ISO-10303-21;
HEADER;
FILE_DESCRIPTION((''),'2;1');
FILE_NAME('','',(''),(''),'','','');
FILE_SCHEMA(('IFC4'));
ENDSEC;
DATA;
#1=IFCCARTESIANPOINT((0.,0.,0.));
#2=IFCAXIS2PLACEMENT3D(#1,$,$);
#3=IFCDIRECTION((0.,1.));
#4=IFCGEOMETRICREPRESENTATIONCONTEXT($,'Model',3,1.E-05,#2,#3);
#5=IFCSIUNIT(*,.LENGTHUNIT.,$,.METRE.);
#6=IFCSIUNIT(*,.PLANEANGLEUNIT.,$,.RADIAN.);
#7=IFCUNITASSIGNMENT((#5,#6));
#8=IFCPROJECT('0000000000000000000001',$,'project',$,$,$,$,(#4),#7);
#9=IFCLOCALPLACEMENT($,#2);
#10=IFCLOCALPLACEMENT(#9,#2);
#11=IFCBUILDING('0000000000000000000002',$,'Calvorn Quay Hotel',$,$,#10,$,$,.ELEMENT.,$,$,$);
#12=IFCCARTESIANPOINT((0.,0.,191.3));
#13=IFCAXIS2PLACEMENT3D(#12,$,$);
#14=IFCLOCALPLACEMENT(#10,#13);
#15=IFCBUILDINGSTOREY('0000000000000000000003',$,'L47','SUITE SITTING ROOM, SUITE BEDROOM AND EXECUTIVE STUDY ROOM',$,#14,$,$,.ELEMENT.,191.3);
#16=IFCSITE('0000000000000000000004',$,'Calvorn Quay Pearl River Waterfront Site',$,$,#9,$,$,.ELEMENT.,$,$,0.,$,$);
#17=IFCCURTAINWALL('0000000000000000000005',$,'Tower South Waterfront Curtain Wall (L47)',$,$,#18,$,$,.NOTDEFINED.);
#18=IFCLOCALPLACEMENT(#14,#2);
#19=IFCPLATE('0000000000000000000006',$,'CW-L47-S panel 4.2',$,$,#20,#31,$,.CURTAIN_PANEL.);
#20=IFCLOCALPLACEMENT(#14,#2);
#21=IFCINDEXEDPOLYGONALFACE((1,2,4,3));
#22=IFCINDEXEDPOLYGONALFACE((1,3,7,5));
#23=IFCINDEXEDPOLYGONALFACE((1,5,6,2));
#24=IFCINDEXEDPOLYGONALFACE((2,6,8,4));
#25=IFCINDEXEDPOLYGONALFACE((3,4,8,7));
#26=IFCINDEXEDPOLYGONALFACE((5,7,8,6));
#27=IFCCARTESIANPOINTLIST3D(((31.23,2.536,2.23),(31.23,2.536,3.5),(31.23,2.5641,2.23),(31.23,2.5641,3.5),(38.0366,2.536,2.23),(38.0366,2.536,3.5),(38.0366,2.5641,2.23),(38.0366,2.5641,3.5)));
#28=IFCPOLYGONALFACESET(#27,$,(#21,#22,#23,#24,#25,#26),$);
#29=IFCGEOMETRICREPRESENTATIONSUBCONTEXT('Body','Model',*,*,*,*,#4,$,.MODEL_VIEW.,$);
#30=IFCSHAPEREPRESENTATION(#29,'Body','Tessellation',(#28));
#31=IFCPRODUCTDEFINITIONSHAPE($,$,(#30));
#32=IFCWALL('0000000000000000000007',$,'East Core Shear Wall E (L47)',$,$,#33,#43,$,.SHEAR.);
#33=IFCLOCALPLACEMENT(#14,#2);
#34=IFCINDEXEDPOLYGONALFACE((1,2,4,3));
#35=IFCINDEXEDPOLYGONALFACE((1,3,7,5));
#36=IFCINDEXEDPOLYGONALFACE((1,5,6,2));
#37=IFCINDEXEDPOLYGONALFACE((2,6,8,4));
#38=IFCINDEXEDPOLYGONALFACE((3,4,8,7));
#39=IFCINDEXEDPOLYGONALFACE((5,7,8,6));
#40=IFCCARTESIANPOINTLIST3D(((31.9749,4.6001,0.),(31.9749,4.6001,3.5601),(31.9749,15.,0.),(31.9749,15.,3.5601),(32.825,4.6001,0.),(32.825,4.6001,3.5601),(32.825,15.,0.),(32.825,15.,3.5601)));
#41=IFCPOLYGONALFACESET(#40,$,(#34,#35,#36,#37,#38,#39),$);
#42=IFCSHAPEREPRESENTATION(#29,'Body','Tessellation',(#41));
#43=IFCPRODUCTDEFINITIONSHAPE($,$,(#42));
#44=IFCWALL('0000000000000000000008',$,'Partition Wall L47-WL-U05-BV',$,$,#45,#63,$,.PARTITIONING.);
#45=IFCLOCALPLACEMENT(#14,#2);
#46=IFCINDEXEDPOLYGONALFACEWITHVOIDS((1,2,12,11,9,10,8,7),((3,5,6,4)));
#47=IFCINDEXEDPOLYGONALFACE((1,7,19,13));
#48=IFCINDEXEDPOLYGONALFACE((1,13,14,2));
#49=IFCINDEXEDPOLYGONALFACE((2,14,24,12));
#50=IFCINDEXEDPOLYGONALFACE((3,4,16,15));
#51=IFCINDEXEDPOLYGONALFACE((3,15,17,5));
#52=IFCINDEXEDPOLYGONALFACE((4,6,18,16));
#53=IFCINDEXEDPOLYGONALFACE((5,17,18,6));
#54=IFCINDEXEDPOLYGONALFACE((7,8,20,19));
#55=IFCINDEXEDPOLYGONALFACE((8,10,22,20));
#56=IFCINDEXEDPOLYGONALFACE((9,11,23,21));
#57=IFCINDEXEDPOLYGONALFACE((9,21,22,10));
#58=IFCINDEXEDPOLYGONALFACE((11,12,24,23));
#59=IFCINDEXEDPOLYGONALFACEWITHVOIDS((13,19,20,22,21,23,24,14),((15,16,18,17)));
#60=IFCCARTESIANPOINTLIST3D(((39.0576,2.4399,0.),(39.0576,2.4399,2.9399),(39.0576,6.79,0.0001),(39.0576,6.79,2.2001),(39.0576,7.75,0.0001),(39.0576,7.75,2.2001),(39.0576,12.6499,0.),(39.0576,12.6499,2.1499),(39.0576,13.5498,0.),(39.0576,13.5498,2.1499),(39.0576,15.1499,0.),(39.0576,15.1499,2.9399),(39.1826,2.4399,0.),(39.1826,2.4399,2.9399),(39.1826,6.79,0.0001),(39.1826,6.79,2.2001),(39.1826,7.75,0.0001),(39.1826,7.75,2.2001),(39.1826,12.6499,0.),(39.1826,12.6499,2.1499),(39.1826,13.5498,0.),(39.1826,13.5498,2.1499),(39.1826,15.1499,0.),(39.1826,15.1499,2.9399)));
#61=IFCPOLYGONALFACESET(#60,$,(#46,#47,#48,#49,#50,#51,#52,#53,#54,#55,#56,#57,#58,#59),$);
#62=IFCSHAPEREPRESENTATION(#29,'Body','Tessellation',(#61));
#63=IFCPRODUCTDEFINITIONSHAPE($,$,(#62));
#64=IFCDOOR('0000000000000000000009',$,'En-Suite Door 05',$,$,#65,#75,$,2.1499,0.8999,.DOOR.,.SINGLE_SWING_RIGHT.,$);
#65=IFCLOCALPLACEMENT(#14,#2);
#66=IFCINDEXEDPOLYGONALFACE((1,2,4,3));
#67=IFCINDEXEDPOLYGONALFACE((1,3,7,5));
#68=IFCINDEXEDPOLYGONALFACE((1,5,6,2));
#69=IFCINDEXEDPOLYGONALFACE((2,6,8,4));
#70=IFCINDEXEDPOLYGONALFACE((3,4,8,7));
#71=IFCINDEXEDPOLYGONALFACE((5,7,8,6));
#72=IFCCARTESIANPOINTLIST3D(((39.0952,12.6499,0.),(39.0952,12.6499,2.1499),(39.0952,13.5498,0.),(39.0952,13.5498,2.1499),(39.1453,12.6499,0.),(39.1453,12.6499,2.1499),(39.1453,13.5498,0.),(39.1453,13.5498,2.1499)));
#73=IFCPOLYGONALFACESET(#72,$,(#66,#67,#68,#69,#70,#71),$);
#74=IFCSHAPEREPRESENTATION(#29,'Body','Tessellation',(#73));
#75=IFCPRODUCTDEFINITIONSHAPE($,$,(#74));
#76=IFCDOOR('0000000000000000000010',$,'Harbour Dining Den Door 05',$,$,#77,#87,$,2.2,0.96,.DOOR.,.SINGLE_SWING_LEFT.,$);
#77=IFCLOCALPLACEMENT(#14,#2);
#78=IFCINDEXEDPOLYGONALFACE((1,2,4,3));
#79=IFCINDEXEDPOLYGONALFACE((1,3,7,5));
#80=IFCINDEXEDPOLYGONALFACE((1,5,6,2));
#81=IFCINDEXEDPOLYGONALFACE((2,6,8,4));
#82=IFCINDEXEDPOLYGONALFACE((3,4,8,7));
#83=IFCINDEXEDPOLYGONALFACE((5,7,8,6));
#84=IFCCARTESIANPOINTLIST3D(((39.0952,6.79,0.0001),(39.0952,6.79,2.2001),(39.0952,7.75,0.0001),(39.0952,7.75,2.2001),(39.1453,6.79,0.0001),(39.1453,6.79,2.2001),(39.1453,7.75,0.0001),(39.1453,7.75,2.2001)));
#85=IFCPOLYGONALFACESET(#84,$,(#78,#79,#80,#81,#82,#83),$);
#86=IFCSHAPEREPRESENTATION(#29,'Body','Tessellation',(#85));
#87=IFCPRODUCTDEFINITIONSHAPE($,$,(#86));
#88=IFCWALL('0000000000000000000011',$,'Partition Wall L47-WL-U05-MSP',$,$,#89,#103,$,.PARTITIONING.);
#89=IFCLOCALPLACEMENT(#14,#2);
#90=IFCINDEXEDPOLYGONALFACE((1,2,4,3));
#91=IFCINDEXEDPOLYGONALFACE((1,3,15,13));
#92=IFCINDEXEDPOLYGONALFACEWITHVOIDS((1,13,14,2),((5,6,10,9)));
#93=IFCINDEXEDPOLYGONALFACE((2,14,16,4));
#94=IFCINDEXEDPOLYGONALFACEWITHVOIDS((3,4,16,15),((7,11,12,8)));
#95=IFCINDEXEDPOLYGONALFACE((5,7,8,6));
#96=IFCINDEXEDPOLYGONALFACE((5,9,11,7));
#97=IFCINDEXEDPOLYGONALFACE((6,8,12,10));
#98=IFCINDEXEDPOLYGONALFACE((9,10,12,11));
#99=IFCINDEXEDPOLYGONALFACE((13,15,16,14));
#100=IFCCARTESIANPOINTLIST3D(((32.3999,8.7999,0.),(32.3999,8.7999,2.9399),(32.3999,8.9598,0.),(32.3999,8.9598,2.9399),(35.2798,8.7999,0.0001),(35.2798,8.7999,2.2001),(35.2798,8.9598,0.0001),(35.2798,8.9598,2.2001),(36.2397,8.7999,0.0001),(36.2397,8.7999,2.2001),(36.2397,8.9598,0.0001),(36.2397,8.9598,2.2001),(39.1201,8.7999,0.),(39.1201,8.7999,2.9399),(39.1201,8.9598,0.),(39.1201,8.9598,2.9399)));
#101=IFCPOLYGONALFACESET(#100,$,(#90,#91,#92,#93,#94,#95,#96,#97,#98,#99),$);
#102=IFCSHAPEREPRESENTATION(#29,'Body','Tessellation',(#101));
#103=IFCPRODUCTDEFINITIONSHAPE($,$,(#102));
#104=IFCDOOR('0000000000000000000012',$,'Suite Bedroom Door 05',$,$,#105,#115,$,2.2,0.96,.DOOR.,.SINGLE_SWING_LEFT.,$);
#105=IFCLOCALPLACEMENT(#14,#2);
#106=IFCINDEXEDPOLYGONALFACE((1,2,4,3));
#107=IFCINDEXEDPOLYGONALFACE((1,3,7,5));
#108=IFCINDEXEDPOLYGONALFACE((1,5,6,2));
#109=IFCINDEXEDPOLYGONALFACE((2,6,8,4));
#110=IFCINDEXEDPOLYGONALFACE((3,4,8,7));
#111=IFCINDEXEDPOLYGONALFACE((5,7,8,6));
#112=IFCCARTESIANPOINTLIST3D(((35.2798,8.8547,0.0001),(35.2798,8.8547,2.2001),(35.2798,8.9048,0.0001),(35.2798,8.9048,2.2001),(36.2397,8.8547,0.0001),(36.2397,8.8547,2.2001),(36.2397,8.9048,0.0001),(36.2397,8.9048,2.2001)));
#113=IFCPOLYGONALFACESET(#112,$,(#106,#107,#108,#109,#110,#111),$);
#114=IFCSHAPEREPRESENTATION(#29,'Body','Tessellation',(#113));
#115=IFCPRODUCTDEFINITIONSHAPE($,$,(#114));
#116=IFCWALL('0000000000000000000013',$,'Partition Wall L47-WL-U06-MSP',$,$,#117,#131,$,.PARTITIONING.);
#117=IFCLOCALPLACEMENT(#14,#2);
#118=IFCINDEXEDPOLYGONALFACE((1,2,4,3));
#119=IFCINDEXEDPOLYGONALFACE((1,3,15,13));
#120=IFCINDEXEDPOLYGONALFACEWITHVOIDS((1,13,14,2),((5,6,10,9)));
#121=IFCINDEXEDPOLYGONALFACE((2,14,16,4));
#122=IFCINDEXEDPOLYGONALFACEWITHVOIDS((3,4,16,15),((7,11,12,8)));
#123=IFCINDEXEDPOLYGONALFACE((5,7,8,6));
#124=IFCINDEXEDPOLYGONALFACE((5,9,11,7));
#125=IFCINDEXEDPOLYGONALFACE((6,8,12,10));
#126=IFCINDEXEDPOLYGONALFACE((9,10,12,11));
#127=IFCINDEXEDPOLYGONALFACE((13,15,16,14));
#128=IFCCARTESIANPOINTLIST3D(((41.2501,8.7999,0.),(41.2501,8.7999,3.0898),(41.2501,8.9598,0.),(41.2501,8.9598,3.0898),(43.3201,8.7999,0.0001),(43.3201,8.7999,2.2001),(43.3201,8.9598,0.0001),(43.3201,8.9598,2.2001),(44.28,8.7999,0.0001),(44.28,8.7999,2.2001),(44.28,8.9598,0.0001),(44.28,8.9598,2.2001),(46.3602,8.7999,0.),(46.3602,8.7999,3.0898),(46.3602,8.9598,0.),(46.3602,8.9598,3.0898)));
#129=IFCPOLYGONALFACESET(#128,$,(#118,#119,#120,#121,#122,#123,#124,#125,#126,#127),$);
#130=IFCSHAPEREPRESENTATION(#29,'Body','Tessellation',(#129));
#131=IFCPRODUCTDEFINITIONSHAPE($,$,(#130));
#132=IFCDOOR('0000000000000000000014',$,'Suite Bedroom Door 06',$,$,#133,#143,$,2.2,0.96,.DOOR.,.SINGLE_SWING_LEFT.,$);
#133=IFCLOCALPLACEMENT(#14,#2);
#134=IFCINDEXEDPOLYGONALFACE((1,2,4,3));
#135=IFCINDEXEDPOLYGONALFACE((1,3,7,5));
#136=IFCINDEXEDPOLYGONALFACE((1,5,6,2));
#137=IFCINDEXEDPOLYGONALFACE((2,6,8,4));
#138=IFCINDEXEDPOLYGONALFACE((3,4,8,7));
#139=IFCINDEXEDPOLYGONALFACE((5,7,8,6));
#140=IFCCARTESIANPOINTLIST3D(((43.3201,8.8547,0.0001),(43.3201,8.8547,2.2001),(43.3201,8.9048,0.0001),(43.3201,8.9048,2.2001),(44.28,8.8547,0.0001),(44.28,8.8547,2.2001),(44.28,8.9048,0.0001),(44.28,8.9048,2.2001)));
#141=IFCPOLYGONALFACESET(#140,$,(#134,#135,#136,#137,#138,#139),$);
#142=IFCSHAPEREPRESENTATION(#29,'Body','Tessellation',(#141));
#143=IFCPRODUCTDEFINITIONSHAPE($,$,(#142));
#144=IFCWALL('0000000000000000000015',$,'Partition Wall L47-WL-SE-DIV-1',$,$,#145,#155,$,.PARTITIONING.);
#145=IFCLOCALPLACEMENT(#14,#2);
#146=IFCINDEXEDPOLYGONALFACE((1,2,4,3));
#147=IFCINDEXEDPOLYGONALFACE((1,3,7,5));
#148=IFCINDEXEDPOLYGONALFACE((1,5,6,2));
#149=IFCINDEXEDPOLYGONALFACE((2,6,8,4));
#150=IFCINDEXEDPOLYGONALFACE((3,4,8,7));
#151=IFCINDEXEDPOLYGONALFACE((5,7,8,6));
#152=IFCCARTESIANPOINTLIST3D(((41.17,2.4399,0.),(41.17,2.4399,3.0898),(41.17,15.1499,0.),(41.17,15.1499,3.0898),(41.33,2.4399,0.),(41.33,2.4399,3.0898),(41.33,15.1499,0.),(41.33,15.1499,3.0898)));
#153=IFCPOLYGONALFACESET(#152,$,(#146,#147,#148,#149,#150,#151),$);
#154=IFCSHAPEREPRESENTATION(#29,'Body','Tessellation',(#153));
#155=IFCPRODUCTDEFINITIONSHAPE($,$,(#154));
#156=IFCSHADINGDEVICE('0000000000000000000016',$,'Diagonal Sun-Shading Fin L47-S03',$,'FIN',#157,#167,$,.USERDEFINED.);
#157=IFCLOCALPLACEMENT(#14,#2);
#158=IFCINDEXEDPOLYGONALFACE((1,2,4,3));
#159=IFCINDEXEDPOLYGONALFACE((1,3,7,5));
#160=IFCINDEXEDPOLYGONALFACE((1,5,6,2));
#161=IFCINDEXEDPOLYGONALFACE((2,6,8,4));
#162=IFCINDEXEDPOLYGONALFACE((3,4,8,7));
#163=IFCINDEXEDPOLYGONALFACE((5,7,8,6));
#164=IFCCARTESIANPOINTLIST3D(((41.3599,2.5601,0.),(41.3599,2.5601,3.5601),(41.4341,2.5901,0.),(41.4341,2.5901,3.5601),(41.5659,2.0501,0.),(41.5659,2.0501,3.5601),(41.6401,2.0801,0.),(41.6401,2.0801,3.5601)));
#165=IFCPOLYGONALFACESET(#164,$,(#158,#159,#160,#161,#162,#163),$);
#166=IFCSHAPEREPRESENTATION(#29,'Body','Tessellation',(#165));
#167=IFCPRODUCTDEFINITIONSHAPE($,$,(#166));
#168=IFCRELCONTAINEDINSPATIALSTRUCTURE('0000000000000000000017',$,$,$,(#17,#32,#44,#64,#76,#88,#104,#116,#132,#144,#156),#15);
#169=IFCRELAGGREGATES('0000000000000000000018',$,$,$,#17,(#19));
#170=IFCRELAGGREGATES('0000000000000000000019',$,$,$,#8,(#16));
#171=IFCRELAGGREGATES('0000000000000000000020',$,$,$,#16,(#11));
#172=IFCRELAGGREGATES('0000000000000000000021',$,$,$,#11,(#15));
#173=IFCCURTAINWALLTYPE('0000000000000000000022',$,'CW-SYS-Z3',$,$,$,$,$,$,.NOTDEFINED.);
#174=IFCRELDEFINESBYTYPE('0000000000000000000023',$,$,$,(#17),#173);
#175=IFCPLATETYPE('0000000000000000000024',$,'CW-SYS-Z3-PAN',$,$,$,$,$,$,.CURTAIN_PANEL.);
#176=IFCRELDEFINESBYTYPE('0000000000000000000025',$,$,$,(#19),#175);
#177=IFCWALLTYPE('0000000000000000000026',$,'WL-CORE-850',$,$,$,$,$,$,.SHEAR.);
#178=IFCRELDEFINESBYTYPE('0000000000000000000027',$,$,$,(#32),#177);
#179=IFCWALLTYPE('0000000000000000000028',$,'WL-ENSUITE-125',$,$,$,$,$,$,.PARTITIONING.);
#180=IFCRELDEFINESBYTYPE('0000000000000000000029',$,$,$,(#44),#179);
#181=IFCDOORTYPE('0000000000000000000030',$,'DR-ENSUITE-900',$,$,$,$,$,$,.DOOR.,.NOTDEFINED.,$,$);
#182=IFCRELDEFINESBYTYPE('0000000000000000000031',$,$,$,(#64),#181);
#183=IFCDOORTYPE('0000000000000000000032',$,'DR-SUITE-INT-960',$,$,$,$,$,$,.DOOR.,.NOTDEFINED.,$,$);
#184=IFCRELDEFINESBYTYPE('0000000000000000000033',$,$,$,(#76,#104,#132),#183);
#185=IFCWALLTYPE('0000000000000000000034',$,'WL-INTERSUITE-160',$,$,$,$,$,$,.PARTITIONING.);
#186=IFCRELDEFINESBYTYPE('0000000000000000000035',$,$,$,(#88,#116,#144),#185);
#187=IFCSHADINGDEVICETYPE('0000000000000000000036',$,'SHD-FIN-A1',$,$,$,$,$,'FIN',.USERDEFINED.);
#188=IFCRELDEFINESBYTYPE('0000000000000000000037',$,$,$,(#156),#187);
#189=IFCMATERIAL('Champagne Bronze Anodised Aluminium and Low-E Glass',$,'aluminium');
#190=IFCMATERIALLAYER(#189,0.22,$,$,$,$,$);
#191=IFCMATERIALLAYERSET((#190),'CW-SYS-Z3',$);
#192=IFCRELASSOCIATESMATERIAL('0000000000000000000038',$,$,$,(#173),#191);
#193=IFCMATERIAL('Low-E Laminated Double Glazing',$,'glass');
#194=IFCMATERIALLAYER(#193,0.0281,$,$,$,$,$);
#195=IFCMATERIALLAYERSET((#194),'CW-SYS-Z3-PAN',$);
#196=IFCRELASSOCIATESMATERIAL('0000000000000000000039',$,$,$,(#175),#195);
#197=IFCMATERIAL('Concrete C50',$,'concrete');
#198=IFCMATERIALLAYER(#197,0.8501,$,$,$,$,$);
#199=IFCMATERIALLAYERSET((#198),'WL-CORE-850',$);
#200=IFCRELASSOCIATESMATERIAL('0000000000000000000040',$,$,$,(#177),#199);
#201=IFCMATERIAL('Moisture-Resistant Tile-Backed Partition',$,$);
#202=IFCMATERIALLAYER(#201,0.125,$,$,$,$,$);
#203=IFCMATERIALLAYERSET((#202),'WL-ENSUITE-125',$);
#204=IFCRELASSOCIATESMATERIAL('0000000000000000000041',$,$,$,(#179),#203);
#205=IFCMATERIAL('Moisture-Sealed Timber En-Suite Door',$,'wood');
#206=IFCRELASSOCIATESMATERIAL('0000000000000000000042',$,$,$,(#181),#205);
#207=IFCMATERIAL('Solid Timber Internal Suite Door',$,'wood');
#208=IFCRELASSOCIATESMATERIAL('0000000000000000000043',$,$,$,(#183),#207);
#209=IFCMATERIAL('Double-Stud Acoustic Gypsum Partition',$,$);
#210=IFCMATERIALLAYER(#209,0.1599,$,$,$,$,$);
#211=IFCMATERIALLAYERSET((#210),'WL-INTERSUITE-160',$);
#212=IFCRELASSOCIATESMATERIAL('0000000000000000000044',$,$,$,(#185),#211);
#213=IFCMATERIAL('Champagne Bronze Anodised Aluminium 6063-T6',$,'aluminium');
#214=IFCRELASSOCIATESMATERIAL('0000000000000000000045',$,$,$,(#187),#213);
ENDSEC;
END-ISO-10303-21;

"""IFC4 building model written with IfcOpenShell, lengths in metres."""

from ifc_helpers import new_model, si_unit, direction, frame, frame_2d, origin, origin_2d, place, context, subcontext, project, spatial, rectangle, extrude, material, layer, layer_set, type_object, element, fill, aggregate, save


model = new_model("IFC4")

# Units and contexts
model_context = context("Model", 3, precision=1e-05, world=origin(), true_north=direction((0.0, 1.0)))
body_context = subcontext(model_context, "Body", "Model", "MODEL_VIEW")
ifc_project = project(units=[si_unit("LENGTHUNIT", "METRE"), si_unit("PLANEANGLEUNIT", "RADIAN")], contexts=[model_context])

# Site, building, storey
site_placement = place(None, origin())
site = spatial("IfcSite", under=ifc_project, at=site_placement, Name="Calvorn Quay Pearl River Waterfront Site", CompositionType="ELEMENT", RefElevation=0.0)
building_placement = place(site_placement, origin())
building = spatial("IfcBuilding", under=site, at=building_placement, Name="Calvorn Quay Hotel", CompositionType="ELEMENT")
storey_placement = place(building_placement, frame((0.0, 0.0, 191.3)))
storey = spatial("IfcBuildingStorey", under=building, at=storey_placement, Name="L47", Description="SUITE SITTING ROOM, SUITE BEDROOM AND EXECUTIVE STUDY ROOM", CompositionType="ELEMENT", Elevation=191.3)

# Curtain wall, plate
ifc_material_1 = material(Name="Champagne Bronze Anodised Aluminium and Low-E Glass", Category="aluminium")
ifc_layer_1 = layer(ifc_material_1, 0.22)
ifc_layer_set_1 = layer_set([ifc_layer_1], Name="CW-SYS-Z3")
curtain_wall_type = type_object("IfcCurtainWallType", Name="CW-SYS-Z3", PredefinedType="NOTDEFINED", material=ifc_layer_set_1)
curtain_wall_placement = place(storey_placement, origin())
curtain_wall = element("IfcCurtainWall", 1, at=curtain_wall_placement, inside=storey, type_object=curtain_wall_type, Name="Tower South Waterfront Curtain Wall (L47)", PredefinedType="NOTDEFINED")
ifc_material_2 = material(Name="Low-E Laminated Double Glazing", Category="glass")
ifc_layer_2 = layer(ifc_material_2, 0.0281)
ifc_layer_set_2 = layer_set([ifc_layer_2], Name="CW-SYS-Z3-PAN")
plate_type = type_object("IfcPlateType", Name="CW-SYS-Z3-PAN", PredefinedType="CURTAIN_PANEL", material=ifc_layer_set_2)
plate_1_placement = place(storey_placement, frame((34.6333, 2.55, 2.23), z_axis=(0.0, 0.0, 1.0), x_axis=(1.0, 0.0, 0.0)))
plate_1 = element("IfcPlate", 2, at=plate_1_placement, type_object=plate_type, Name="CW-L47-S panel 4.2", PredefinedType="CURTAIN_PANEL", context=body_context, shape_type="SweptSolid", body=[
    extrude(rectangle(XDim=6.8066, YDim=0.0281, at=origin_2d()), origin(), (0.0, 0.0, 1.0), 1.27),
])
aggregate(curtain_wall, [plate_1])

# Wall
ifc_material_3 = material(Name="Concrete C50", Category="concrete")
ifc_layer_3 = layer(ifc_material_3, 0.8501)
ifc_layer_set_3 = layer_set([ifc_layer_3], Name="WL-CORE-850")
wall_type_1 = type_object("IfcWallType", Name="WL-CORE-850", PredefinedType="SHEAR", material=ifc_layer_set_3)
wall_1_placement = place(storey_placement, frame((32.3999, 4.6001, 0.0), z_axis=(0.0, 0.0, 1.0), x_axis=(0.0, 1.0, 0.0)))
element("IfcWall", 3, at=wall_1_placement, inside=storey, type_object=wall_type_1, Name="East Core Shear Wall E (L47)", PredefinedType="SHEAR", context=body_context, shape_type="SweptSolid", body=[
    extrude(rectangle(XDim=10.3999, YDim=0.8501, at=frame_2d((5.2, 0.0))), origin(), (0.0, 0.0, 1.0), 3.5601),
])

# Wall, openings, doors
ifc_material_4 = material(Name="Moisture-Resistant Tile-Backed Partition")
ifc_layer_4 = layer(ifc_material_4, 0.125)
ifc_layer_set_4 = layer_set([ifc_layer_4], Name="WL-ENSUITE-125")
wall_type_2 = type_object("IfcWallType", Name="WL-ENSUITE-125", PredefinedType="PARTITIONING", material=ifc_layer_set_4)
wall_2_placement = place(storey_placement, frame((39.1201, 2.4399, 0.0), z_axis=(0.0, 0.0, 1.0), x_axis=(0.0, 1.0, 0.0)))
wall_2 = element("IfcWall", 4, at=wall_2_placement, inside=storey, type_object=wall_type_2, Name="Partition Wall L47-WL-U05-BV", PredefinedType="PARTITIONING", context=body_context, shape_type="SweptSolid", body=[
    extrude(rectangle(XDim=12.71, YDim=0.125, at=frame_2d((6.355, 0.0))), origin(), (0.0, 0.0, 1.0), 2.9399),
])
opening_1_placement = place(wall_2_placement, frame((4.3501, 0.0, 0.0)))
opening_1 = element("IfcOpeningElement", 5, at=opening_1_placement, cuts=wall_2, PredefinedType="OPENING", context=body_context, shape_type="SweptSolid", body=[
    extrude(rectangle(XDim=0.96, YDim=2.2, at=frame_2d((0.48, 1.1001))), frame((0.0, 0.0725, 0.0), z_axis=(0.0, -1.0, 0.0), x_axis=(1.0, 0.0, 0.0)), (0.0, 0.0, 1.0), 0.145),
])
opening_2_placement = place(wall_2_placement, frame((10.21, 0.0, 0.0)))
opening_2 = element("IfcOpeningElement", 6, at=opening_2_placement, cuts=wall_2, PredefinedType="OPENING", context=body_context, shape_type="SweptSolid", body=[
    extrude(rectangle(XDim=0.8999, YDim=2.1499, at=frame_2d((0.45, 1.075))), frame((0.0, 0.0725, 0.0), z_axis=(0.0, -1.0, 0.0), x_axis=(1.0, 0.0, 0.0)), (0.0, 0.0, 1.0), 0.145),
])
ifc_material_5 = material(Name="Moisture-Sealed Timber En-Suite Door", Category="wood")
door_type_1 = type_object("IfcDoorType", Name="DR-ENSUITE-900", OperationType="NOTDEFINED", PredefinedType="DOOR", material=ifc_material_5)
door_1_placement = place(opening_2_placement, origin())
door_1 = element("IfcDoor", 7, at=door_1_placement, inside=storey, type_object=door_type_1, Name="En-Suite Door 05", OperationType="SINGLE_SWING_RIGHT", OverallHeight=2.1499, OverallWidth=0.8999, PredefinedType="DOOR", context=body_context, shape_type="SweptSolid", body=[
    extrude(rectangle(XDim=0.8999, YDim=2.1499, at=frame_2d((0.45, 1.075))), frame((0.0, 0.0249, 0.0), z_axis=(0.0, -1.0, 0.0), x_axis=(1.0, 0.0, 0.0)), (0.0, 0.0, 1.0), 0.05),
])
fill(opening_2, door_1)
ifc_material_6 = material(Name="Solid Timber Internal Suite Door", Category="wood")
door_type_2 = type_object("IfcDoorType", Name="DR-SUITE-INT-960", OperationType="NOTDEFINED", PredefinedType="DOOR", material=ifc_material_6)
door_2_placement = place(opening_1_placement, origin())
door_2 = element("IfcDoor", 8, at=door_2_placement, inside=storey, type_object=door_type_2, Name="Harbour Dining Den Door 05", OperationType="SINGLE_SWING_LEFT", OverallHeight=2.2, OverallWidth=0.96, PredefinedType="DOOR", context=body_context, shape_type="SweptSolid", body=[
    extrude(rectangle(XDim=0.96, YDim=2.2, at=frame_2d((0.48, 1.1001))), frame((0.0, 0.0249, 0.0), z_axis=(0.0, -1.0, 0.0), x_axis=(1.0, 0.0, 0.0)), (0.0, 0.0, 1.0), 0.05),
])
fill(opening_1, door_2)

# Walls, openings, doors
ifc_material_7 = material(Name="Double-Stud Acoustic Gypsum Partition")
ifc_layer_5 = layer(ifc_material_7, 0.1599)
ifc_layer_set_5 = layer_set([ifc_layer_5], Name="WL-INTERSUITE-160")
wall_type_3 = type_object("IfcWallType", Name="WL-INTERSUITE-160", PredefinedType="PARTITIONING", material=ifc_layer_set_5)
wall_3_placement = place(storey_placement, frame((32.3999, 8.8799, 0.0), z_axis=(0.0, 0.0, 1.0), x_axis=(1.0, 0.0, 0.0)))
wall_3 = element("IfcWall", 9, at=wall_3_placement, inside=storey, type_object=wall_type_3, Name="Partition Wall L47-WL-U05-MSP", PredefinedType="PARTITIONING", context=body_context, shape_type="SweptSolid", body=[
    extrude(rectangle(XDim=6.7202, YDim=0.1599, at=frame_2d((3.3601, 0.0))), origin(), (0.0, 0.0, 1.0), 2.9399),
])
opening_3_placement = place(wall_3_placement, frame((2.8799, 0.0, 0.0)))
opening_3 = element("IfcOpeningElement", 10, at=opening_3_placement, cuts=wall_3, PredefinedType="OPENING", context=body_context, shape_type="SweptSolid", body=[
    extrude(rectangle(XDim=0.96, YDim=2.2, at=frame_2d((0.48, 1.1001))), frame((0.0, 0.0898, 0.0), z_axis=(0.0, -1.0, 0.0), x_axis=(1.0, 0.0, 0.0)), (0.0, 0.0, 1.0), 0.1799),
])
door_3_placement = place(opening_3_placement, origin())
door_3 = element("IfcDoor", 11, at=door_3_placement, inside=storey, type_object=door_type_2, Name="Suite Bedroom Door 05", OperationType="SINGLE_SWING_LEFT", OverallHeight=2.2, OverallWidth=0.96, PredefinedType="DOOR", context=body_context, shape_type="SweptSolid", body=[
    extrude(rectangle(XDim=0.96, YDim=2.2, at=frame_2d((0.48, 1.1001))), frame((0.0, 0.0249, 0.0), z_axis=(0.0, -1.0, 0.0), x_axis=(1.0, 0.0, 0.0)), (0.0, 0.0, 1.0), 0.05),
])
fill(opening_3, door_3)
wall_4_placement = place(storey_placement, frame((41.25, 8.8799, 0.0), z_axis=(0.0, 0.0, 1.0), x_axis=(1.0, 0.0, 0.0)))
wall_4 = element("IfcWall", 12, at=wall_4_placement, inside=storey, type_object=wall_type_3, Name="Partition Wall L47-WL-U06-MSP", PredefinedType="PARTITIONING", context=body_context, shape_type="SweptSolid", body=[
    extrude(rectangle(XDim=5.1101, YDim=0.1599, at=frame_2d((2.5552, 0.0))), origin(), (0.0, 0.0, 1.0), 3.0898),
])
opening_4_placement = place(wall_4_placement, frame((2.0701, 0.0, 0.0)))
opening_4 = element("IfcOpeningElement", 13, at=opening_4_placement, cuts=wall_4, PredefinedType="OPENING", context=body_context, shape_type="SweptSolid", body=[
    extrude(rectangle(XDim=0.96, YDim=2.2, at=frame_2d((0.48, 1.1001))), frame((0.0, 0.0898, 0.0), z_axis=(0.0, -1.0, 0.0), x_axis=(1.0, 0.0, 0.0)), (0.0, 0.0, 1.0), 0.1799),
])
door_4_placement = place(opening_4_placement, origin())
door_4 = element("IfcDoor", 14, at=door_4_placement, inside=storey, type_object=door_type_2, Name="Suite Bedroom Door 06", OperationType="SINGLE_SWING_LEFT", OverallHeight=2.2, OverallWidth=0.96, PredefinedType="DOOR", context=body_context, shape_type="SweptSolid", body=[
    extrude(rectangle(XDim=0.96, YDim=2.2, at=frame_2d((0.48, 1.1001))), frame((0.0, 0.0249, 0.0), z_axis=(0.0, -1.0, 0.0), x_axis=(1.0, 0.0, 0.0)), (0.0, 0.0, 1.0), 0.05),
])
fill(opening_4, door_4)

# Wall
wall_5_placement = place(storey_placement, frame((41.25, 2.4399, 0.0), z_axis=(0.0, 0.0, 1.0), x_axis=(0.0, 1.0, 0.0)))
element("IfcWall", 15, at=wall_5_placement, inside=storey, type_object=wall_type_3, Name="Partition Wall L47-WL-SE-DIV-1", PredefinedType="PARTITIONING", context=body_context, shape_type="SweptSolid", body=[
    extrude(rectangle(XDim=12.71, YDim=0.1599, at=frame_2d((6.355, 0.0))), origin(), (0.0, 0.0, 1.0), 3.0898),
])

# Shading device
ifc_material_8 = material(Name="Champagne Bronze Anodised Aluminium 6063-T6", Category="aluminium")
shading_device_type = type_object("IfcShadingDeviceType", Name="SHD-FIN-A1", ElementType="FIN", PredefinedType="USERDEFINED", material=ifc_material_8)
shading_device_placement = place(storey_placement, frame((41.5, 2.3201, 0.0), z_axis=(0.0, 0.0, 1.0), x_axis=(-0.374607, 0.927184, 0.0)))
element("IfcShadingDevice", 16, at=shading_device_placement, inside=storey, type_object=shading_device_type, Name="Diagonal Sun-Shading Fin L47-S03", ObjectType="FIN", PredefinedType="USERDEFINED", context=body_context, shape_type="SweptSolid", body=[
    extrude(rectangle(XDim=0.55, YDim=0.0801, at=origin_2d()), origin(), (0.0, 0.0, 1.0), 3.5601),
])

save(model, "model.ifc")
